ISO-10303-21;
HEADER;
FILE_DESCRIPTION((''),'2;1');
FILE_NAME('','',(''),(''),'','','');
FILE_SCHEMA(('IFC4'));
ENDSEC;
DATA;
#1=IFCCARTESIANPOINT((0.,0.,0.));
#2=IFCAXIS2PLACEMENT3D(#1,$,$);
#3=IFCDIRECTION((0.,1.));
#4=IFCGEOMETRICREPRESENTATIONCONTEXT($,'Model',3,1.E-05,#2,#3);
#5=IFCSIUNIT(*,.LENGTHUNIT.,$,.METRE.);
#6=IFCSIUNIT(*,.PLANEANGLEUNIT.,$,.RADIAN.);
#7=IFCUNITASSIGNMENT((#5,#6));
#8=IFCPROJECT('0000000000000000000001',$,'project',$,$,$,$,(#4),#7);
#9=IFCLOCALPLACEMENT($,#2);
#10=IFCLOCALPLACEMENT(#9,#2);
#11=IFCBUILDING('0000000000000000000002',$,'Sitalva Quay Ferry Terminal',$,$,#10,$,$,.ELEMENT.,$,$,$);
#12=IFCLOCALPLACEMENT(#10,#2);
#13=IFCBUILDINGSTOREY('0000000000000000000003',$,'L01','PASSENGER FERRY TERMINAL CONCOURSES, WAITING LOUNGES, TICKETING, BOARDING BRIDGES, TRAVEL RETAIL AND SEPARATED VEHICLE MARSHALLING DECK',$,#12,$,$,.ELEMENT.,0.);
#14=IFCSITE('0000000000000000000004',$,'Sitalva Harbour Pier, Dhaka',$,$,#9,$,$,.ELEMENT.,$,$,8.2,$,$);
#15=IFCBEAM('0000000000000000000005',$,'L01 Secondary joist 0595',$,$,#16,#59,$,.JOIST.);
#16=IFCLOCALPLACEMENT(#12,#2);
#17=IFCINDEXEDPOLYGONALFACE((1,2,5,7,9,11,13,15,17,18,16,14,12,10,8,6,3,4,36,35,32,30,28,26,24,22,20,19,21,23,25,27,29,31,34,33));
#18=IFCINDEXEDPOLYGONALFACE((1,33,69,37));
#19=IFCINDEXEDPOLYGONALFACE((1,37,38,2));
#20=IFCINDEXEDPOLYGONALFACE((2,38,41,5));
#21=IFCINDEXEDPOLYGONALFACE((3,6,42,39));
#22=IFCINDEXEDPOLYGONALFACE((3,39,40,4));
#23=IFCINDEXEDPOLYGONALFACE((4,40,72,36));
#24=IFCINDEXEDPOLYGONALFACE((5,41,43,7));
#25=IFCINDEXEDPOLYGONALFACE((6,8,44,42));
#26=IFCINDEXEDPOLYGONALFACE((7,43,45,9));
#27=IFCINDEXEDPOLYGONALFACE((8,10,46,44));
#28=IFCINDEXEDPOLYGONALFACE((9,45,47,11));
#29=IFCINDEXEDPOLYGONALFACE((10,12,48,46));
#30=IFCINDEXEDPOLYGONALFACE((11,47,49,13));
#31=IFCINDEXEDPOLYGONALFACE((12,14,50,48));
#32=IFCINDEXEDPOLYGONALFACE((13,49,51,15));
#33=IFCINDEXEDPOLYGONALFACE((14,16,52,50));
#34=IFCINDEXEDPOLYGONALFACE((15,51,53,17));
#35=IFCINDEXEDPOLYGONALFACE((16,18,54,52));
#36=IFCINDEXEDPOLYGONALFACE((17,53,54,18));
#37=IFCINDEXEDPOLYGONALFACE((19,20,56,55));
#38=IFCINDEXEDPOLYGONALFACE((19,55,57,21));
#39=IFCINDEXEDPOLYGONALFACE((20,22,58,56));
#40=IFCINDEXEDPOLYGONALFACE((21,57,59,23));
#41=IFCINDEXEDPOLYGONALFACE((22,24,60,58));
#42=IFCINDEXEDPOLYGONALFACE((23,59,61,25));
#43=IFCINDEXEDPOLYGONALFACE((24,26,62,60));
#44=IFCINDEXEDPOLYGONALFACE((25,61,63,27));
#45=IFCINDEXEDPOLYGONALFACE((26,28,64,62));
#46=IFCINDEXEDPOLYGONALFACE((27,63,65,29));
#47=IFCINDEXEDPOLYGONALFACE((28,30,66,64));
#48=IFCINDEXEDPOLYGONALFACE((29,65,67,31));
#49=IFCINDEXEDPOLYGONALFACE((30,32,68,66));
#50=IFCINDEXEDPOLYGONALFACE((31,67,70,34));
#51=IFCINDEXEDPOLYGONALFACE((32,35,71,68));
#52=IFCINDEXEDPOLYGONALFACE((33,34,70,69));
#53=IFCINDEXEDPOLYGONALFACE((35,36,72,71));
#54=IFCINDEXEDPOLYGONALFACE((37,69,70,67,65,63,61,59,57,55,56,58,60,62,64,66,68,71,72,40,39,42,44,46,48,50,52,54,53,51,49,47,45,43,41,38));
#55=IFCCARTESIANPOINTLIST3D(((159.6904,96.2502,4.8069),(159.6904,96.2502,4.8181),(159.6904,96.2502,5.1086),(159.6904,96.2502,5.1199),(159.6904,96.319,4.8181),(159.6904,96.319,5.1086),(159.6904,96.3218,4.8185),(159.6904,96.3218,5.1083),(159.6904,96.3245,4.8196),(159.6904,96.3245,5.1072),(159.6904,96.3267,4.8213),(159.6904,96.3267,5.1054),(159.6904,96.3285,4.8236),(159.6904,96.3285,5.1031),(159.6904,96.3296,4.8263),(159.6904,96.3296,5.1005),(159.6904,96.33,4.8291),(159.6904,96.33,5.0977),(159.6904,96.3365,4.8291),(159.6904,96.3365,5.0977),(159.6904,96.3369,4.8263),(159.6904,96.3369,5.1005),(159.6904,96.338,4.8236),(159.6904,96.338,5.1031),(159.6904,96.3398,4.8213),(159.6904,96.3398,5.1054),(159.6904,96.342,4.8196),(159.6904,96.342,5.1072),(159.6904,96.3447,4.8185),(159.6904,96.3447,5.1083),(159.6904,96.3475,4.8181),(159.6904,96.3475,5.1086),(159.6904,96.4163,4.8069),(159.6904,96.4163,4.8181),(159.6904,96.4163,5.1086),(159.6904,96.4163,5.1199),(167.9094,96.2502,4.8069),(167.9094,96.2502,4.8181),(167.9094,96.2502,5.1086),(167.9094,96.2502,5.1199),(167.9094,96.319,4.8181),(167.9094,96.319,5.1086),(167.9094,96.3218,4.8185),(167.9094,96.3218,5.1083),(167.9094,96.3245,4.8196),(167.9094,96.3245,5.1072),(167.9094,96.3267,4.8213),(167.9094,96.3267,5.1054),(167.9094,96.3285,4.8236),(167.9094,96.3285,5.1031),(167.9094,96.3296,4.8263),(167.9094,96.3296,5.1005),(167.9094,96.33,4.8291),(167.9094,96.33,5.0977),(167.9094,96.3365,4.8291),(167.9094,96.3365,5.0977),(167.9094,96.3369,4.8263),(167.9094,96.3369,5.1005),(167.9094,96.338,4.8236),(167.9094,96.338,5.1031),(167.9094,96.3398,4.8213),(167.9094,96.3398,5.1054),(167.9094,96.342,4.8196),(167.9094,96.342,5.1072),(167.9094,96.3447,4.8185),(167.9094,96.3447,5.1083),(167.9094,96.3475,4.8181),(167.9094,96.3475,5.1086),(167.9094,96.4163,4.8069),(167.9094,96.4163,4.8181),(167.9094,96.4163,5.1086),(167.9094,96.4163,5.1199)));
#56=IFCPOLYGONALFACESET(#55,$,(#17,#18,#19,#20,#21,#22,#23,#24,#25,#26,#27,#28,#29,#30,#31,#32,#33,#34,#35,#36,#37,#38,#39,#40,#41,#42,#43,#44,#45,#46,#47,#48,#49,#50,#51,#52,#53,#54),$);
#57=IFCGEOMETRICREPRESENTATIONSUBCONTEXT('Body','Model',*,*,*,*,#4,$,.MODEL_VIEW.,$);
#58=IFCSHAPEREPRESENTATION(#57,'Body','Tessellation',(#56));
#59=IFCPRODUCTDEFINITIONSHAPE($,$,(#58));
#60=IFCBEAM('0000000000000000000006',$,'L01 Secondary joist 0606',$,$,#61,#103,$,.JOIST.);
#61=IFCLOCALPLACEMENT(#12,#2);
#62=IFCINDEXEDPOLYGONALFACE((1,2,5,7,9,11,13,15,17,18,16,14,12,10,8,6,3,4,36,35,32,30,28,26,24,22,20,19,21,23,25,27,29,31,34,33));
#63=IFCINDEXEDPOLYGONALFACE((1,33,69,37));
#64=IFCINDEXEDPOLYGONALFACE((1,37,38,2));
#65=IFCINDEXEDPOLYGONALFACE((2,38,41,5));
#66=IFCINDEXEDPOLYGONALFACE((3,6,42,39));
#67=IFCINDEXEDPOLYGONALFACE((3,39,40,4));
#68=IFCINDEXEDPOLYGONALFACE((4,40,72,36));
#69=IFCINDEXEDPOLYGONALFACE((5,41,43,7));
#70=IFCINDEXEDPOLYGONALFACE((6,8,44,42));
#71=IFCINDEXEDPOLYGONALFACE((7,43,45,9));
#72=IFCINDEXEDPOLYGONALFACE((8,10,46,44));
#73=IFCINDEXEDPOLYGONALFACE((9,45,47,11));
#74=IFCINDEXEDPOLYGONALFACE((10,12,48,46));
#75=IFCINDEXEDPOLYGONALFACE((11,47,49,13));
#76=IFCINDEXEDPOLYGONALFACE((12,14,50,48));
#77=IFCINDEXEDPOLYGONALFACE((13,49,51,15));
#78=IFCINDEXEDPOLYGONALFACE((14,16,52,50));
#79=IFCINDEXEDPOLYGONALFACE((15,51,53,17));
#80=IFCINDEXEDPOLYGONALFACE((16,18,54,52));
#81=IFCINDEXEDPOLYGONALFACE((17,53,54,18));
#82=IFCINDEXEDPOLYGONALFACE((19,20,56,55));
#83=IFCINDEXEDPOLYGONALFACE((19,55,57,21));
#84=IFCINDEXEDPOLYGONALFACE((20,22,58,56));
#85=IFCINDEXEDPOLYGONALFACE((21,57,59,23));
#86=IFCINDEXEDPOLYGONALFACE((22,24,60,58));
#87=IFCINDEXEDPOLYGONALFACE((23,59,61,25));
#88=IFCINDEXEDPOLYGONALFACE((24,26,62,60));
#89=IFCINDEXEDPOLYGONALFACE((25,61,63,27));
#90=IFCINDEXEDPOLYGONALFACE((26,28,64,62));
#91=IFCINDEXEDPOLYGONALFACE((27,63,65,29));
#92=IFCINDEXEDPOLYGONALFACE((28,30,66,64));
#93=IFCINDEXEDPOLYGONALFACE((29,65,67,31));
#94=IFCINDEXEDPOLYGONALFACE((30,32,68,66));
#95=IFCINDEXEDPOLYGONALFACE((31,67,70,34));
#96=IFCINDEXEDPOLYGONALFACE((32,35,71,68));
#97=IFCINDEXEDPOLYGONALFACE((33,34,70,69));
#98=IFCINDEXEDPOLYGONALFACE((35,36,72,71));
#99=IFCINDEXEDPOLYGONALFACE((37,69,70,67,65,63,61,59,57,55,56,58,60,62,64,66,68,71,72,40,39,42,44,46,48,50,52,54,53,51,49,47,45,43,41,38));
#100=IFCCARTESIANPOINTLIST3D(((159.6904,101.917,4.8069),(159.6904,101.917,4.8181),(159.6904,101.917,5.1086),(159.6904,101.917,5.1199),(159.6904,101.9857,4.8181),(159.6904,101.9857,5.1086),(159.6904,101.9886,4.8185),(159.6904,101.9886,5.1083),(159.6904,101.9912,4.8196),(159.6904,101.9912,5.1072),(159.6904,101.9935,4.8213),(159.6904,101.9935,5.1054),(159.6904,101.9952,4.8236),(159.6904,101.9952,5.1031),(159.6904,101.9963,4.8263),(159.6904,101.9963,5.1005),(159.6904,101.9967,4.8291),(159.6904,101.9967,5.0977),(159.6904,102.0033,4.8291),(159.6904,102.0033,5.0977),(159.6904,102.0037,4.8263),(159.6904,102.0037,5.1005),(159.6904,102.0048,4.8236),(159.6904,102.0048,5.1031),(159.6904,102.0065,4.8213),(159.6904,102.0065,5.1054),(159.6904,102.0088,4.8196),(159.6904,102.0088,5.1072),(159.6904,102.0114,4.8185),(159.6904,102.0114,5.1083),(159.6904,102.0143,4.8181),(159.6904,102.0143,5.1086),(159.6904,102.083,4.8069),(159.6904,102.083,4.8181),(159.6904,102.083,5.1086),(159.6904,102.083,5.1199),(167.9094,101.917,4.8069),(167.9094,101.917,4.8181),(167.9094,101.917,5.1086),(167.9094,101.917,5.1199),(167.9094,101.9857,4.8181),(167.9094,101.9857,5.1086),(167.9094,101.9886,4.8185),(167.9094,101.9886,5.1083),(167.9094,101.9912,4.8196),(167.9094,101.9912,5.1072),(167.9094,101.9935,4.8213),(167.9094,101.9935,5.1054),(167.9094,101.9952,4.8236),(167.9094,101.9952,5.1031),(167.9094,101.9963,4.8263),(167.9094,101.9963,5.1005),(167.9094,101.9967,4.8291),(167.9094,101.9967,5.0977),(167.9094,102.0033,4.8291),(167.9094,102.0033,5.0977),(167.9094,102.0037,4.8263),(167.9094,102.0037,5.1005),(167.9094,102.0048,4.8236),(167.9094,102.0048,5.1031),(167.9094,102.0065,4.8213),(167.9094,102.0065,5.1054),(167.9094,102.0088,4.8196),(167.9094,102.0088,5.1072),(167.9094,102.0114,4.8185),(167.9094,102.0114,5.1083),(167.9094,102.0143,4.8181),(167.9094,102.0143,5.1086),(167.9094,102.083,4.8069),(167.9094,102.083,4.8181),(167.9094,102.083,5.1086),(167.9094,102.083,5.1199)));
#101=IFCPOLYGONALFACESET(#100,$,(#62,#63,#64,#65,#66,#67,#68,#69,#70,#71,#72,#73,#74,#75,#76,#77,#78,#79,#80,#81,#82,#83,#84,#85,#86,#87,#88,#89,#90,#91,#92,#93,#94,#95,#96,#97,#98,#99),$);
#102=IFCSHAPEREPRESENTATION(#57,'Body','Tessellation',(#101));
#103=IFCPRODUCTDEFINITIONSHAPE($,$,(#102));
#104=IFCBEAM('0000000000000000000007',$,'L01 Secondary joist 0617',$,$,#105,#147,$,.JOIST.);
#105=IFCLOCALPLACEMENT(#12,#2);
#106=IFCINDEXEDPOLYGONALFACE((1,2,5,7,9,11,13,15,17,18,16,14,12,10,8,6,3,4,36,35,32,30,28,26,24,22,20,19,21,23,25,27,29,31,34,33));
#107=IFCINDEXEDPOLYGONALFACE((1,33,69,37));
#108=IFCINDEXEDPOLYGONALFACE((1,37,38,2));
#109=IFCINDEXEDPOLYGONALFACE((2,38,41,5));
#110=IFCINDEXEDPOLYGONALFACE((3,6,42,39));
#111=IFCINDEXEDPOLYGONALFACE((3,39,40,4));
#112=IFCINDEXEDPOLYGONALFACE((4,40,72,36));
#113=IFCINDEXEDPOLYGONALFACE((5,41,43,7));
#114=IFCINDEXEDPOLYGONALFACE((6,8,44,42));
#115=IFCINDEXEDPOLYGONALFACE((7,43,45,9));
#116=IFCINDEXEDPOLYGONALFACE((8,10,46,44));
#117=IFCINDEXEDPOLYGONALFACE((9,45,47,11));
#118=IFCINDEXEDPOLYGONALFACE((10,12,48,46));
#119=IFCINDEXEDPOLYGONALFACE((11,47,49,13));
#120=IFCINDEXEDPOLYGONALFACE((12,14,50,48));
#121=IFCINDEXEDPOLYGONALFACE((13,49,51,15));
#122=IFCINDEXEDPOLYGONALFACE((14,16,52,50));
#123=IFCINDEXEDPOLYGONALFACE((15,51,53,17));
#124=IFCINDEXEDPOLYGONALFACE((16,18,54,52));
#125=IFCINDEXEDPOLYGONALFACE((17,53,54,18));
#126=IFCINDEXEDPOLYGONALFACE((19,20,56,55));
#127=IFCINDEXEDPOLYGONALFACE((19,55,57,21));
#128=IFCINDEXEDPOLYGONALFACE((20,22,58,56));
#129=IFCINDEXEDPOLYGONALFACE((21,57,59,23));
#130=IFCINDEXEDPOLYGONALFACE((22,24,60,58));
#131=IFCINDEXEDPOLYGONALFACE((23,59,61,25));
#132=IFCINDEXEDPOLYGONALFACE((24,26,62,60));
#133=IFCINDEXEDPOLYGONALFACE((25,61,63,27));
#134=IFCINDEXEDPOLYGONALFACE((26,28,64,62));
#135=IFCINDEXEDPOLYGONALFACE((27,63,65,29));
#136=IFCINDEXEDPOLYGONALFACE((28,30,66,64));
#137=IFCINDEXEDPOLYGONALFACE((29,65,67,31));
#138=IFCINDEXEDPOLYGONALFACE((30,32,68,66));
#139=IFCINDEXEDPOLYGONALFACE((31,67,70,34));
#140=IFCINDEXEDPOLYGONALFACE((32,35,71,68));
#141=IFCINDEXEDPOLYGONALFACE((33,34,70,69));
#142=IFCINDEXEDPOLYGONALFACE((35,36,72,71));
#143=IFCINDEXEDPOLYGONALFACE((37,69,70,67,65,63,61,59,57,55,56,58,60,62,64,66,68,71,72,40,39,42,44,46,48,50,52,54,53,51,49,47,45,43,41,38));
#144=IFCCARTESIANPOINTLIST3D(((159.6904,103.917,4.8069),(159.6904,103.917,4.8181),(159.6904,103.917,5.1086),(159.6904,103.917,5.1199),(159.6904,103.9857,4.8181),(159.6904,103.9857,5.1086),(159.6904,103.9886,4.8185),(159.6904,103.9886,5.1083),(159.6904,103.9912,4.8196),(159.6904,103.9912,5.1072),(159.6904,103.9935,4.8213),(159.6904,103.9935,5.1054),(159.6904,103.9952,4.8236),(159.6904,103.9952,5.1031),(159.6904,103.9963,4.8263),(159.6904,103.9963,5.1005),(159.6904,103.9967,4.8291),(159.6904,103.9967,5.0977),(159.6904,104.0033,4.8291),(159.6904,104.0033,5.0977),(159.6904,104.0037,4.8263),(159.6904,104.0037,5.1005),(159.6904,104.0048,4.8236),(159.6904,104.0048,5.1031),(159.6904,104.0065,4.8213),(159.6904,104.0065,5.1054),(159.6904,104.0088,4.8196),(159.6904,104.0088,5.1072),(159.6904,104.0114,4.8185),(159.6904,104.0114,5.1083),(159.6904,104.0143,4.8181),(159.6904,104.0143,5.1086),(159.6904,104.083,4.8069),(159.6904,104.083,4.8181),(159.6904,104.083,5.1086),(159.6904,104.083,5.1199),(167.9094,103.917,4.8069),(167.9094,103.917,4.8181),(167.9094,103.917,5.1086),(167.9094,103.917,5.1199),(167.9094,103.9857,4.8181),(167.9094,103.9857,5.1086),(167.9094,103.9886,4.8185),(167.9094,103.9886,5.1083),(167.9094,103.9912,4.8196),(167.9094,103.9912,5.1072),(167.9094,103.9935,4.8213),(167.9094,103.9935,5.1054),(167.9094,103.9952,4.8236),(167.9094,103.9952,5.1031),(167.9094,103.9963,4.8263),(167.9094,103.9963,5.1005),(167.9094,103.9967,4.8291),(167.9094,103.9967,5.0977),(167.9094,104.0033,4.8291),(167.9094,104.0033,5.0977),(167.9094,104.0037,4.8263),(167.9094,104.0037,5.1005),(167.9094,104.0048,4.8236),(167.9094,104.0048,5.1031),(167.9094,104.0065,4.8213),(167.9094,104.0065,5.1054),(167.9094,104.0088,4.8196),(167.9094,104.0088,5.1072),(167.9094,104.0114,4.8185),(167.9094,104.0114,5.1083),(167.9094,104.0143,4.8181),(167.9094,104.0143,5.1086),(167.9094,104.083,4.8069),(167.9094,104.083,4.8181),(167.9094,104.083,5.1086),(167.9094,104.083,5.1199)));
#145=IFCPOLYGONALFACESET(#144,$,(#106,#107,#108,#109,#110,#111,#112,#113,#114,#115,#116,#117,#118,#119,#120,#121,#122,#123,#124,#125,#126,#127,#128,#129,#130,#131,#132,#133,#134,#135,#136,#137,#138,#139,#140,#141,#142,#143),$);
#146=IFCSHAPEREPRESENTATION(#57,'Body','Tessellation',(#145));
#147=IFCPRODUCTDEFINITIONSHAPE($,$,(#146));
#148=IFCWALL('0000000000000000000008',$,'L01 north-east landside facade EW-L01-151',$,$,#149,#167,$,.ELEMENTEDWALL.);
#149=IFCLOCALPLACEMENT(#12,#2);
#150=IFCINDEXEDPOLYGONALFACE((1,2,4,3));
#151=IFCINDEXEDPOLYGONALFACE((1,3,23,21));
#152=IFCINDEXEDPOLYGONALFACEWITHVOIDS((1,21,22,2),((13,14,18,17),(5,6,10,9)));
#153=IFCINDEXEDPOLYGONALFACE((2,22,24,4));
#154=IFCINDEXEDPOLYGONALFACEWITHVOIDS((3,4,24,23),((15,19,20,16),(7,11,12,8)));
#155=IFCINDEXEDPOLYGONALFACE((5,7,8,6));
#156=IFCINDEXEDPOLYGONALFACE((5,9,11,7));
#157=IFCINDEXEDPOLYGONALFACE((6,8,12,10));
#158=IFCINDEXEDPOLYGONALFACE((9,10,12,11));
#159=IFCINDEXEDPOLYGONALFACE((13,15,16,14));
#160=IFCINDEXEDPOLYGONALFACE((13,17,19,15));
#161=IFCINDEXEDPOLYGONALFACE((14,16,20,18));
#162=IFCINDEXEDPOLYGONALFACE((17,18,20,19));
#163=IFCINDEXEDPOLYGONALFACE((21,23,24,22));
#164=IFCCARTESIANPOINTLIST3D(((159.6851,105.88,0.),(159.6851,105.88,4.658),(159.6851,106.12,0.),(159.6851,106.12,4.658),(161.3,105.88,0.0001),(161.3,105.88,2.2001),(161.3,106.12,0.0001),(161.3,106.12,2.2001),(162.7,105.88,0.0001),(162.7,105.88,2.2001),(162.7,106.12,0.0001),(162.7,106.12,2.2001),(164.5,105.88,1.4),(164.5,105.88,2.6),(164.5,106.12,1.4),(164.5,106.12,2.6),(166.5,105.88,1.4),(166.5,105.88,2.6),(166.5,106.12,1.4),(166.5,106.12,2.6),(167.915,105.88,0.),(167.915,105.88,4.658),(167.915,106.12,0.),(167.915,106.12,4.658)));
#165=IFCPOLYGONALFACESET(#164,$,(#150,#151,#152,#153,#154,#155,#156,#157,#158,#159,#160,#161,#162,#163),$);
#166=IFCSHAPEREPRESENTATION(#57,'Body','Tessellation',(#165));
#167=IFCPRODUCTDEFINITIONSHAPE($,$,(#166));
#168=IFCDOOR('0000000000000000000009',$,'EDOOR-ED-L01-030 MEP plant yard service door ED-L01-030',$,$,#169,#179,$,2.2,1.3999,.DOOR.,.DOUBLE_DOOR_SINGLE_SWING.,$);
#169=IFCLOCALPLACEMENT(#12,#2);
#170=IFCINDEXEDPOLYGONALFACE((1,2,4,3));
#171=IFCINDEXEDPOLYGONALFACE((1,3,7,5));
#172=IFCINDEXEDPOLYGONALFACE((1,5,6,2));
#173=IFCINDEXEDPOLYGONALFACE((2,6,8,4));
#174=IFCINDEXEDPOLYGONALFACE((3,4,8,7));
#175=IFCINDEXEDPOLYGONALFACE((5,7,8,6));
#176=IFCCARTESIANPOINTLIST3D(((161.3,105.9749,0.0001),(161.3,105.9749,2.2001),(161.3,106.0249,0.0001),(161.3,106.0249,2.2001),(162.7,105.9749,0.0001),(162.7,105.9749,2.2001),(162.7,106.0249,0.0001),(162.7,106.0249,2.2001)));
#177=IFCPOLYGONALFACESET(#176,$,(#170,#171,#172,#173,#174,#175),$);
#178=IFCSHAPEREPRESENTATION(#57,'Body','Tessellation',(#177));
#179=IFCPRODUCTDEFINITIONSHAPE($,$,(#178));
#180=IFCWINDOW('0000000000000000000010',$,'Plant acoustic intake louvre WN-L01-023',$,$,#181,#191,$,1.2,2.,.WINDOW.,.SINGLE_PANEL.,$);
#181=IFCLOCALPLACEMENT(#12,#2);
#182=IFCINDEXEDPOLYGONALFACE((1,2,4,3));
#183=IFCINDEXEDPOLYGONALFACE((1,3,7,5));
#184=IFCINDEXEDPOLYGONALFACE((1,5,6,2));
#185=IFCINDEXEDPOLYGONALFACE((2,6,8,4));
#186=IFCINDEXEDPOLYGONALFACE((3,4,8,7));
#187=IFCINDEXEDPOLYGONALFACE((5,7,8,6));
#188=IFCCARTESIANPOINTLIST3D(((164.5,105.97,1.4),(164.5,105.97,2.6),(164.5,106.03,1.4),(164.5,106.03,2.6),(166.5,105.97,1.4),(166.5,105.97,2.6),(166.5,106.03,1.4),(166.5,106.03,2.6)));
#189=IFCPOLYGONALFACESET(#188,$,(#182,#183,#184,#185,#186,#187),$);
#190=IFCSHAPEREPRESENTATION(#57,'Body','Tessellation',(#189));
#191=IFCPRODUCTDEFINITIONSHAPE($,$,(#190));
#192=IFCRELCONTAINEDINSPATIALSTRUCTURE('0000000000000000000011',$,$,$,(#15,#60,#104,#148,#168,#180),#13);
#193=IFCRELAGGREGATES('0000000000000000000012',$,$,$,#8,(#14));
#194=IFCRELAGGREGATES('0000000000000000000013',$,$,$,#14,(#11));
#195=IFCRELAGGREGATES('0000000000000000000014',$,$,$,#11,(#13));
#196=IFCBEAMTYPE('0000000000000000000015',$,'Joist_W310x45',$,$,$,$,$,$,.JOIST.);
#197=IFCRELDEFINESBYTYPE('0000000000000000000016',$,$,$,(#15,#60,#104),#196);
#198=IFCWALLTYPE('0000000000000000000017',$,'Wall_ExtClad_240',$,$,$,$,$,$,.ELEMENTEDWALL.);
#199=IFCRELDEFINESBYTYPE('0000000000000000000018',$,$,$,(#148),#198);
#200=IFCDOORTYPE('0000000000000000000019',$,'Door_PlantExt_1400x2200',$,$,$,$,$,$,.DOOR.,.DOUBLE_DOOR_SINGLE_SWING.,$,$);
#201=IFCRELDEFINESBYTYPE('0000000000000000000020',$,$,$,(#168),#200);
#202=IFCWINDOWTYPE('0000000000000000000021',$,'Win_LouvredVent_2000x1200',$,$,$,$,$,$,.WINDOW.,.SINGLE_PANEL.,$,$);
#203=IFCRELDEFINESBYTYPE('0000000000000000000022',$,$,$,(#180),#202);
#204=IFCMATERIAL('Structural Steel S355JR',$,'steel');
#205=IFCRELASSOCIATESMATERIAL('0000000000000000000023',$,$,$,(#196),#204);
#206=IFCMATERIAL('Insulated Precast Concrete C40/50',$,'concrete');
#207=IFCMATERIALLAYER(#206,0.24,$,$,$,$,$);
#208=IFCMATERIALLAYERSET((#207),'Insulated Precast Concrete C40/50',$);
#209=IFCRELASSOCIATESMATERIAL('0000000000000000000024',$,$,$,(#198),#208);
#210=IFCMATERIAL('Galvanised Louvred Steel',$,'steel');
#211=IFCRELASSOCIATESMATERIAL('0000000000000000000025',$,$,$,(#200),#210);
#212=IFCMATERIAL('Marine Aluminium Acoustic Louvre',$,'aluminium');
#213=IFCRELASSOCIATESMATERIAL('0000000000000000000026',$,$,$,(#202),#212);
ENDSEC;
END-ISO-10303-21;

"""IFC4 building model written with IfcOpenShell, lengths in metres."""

from ifc_helpers import new_model, si_unit, direction, frame, frame_2d, origin, origin_2d, place, context, subcontext, project, spatial, rectangle, i_section, extrude, material, layer, layer_set, material_profile, profile_set, type_object, element, fill, save


model = new_model("IFC4")

# Units and contexts
model_context = context("Model", 3, precision=1e-05, world=origin(), true_north=direction((0.0, 1.0)))
body_context = subcontext(model_context, "Body", "Model", "MODEL_VIEW")
ifc_project = project(units=[si_unit("LENGTHUNIT", "METRE"), si_unit("PLANEANGLEUNIT", "RADIAN")], contexts=[model_context])

# Site, building, storey
site_placement = place(None, origin())
site = spatial("IfcSite", under=ifc_project, at=site_placement, Name="Sitalva Harbour Pier, Dhaka", CompositionType="ELEMENT", RefElevation=8.2)
building_placement = place(site_placement, origin())
building = spatial("IfcBuilding", under=site, at=building_placement, Name="Sitalva Quay Ferry Terminal", CompositionType="ELEMENT")
storey_placement = place(building_placement, origin())
storey = spatial("IfcBuildingStorey", under=building, at=storey_placement, Name="L01", Description="PASSENGER FERRY TERMINAL CONCOURSES, WAITING LOUNGES, TICKETING, BOARDING BRIDGES, TRAVEL RETAIL AND SEPARATED VEHICLE MARSHALLING DECK", CompositionType="ELEMENT", Elevation=0.0)

# Beams
ifc_material_1 = material(Name="Structural Steel S355JR", Category="steel")
ifc_material_profile_1 = material_profile(ifc_material_1, i_section(OverallWidth=0.166, OverallDepth=0.313, WebThickness=0.0066, FlangeThickness=0.0112, FilletRadius=0.011, at=origin_2d()), Name="W310x45")
ifc_profile_set_1 = profile_set([ifc_material_profile_1], Name="Structural Steel S355JR")
beam_type_1 = type_object("IfcBeamType", Name="Joist_W310x45", PredefinedType="JOIST", material=ifc_profile_set_1)
for number, where, z_axis, x_axis, name in (
    (1, (159.6904, 96.3333, 4.9634), (1.0, 0.0, 0.0), (0.0, 1.0, 0.0), "L01 Secondary joist 0595"),
    (2, (159.6904, 102.0, 4.9634), (1.0, 0.0, 0.0), (0.0, 1.0, 0.0), "L01 Secondary joist 0606"),
    (3, (159.6904, 104.0, 4.9634), (1.0, 0.0, 0.0), (0.0, 1.0, 0.0), "L01 Secondary joist 0617"),
):
    element("IfcBeam", number, at=place(storey_placement, frame(where, z_axis=z_axis, x_axis=x_axis)), inside=storey, type_object=beam_type_1, Name=name, PredefinedType="JOIST", context=body_context, shape_type="SweptSolid", body=[
        extrude(i_section(OverallWidth=0.166, OverallDepth=0.313, WebThickness=0.0066, FlangeThickness=0.0112, FilletRadius=0.011, at=origin_2d()), origin(), (0.0, 0.0, 1.0), 8.219),
    ])

# Wall, openings, door, window
ifc_material_2 = material(Name="Insulated Precast Concrete C40/50", Category="concrete")
ifc_layer = layer(ifc_material_2, 0.24)
ifc_layer_set = layer_set([ifc_layer], Name="Insulated Precast Concrete C40/50")
wall_type = type_object("IfcWallType", Name="Wall_ExtClad_240", PredefinedType="ELEMENTEDWALL", material=ifc_layer_set)
wall_1_placement = place(storey_placement, frame((159.6851, 106.0, 0.0), z_axis=(0.0, 0.0, 1.0), x_axis=(1.0, 0.0, 0.0)))
wall_1 = element("IfcWall", 4, at=wall_1_placement, inside=storey, type_object=wall_type, Name="L01 north-east landside facade EW-L01-151", PredefinedType="ELEMENTEDWALL", context=body_context, shape_type="SweptSolid", body=[
    extrude(rectangle(XDim=8.23, YDim=0.24, at=frame_2d((4.115, 0.0))), origin(), (0.0, 0.0, 1.0), 4.658),
])
opening_1_placement = place(wall_1_placement, frame((1.615, 0.0, 0.0)))
opening_1 = element("IfcOpeningElement", 5, at=opening_1_placement, cuts=wall_1, PredefinedType="OPENING", context=body_context, shape_type="SweptSolid", body=[
    extrude(rectangle(XDim=1.3999, YDim=2.2, at=frame_2d((0.7, 1.1001))), frame((0.0, 0.1299, 0.0), z_axis=(0.0, -1.0, 0.0), x_axis=(1.0, 0.0, 0.0)), (0.0, 0.0, 1.0), 0.26),
])
opening_2_placement = place(wall_1_placement, frame((4.8149, 0.0, 1.3999)))
opening_2 = element("IfcOpeningElement", 6, at=opening_2_placement, cuts=wall_1, PredefinedType="OPENING", context=body_context, shape_type="SweptSolid", body=[
    extrude(rectangle(XDim=2.0, YDim=1.2, at=frame_2d((1.0, 0.6001))), frame((0.0, 0.1299, 0.0), z_axis=(0.0, -1.0, 0.0), x_axis=(1.0, 0.0, 0.0)), (0.0, 0.0, 1.0), 0.26),
])
ifc_material_3 = material(Name="Galvanised Louvred Steel", Category="steel")
door_type = type_object("IfcDoorType", Name="Door_PlantExt_1400x2200", OperationType="DOUBLE_DOOR_SINGLE_SWING", PredefinedType="DOOR", material=ifc_material_3)
door_1_placement = place(opening_1_placement, origin())
door_1 = element("IfcDoor", 7, at=door_1_placement, inside=storey, type_object=door_type, Name="EDOOR-ED-L01-030 MEP plant yard service door ED-L01-030", OperationType="DOUBLE_DOOR_SINGLE_SWING", OverallHeight=2.2, OverallWidth=1.3999, PredefinedType="DOOR", context=body_context, shape_type="SweptSolid", body=[
    extrude(rectangle(XDim=1.3999, YDim=2.2, at=frame_2d((0.7, 1.1001))), frame((0.0, 0.0249, 0.0), z_axis=(0.0, -1.0, 0.0), x_axis=(1.0, 0.0, 0.0)), (0.0, 0.0, 1.0), 0.05),
])
fill(opening_1, door_1)
ifc_material_4 = material(Name="Marine Aluminium Acoustic Louvre", Category="aluminium")
window_type = type_object("IfcWindowType", Name="Win_LouvredVent_2000x1200", PartitioningType="SINGLE_PANEL", PredefinedType="WINDOW", material=ifc_material_4)
window_placement = place(opening_2_placement, origin())
window = element("IfcWindow", 8, at=window_placement, inside=storey, type_object=window_type, Name="Plant acoustic intake louvre WN-L01-023", OverallHeight=1.2, OverallWidth=2.0, PartitioningType="SINGLE_PANEL", PredefinedType="WINDOW", context=body_context, shape_type="SweptSolid", body=[
    extrude(rectangle(XDim=2.0, YDim=1.2, at=frame_2d((1.0, 0.6001))), frame((0.0, 0.03, 0.0), z_axis=(0.0, -1.0, 0.0), x_axis=(1.0, 0.0, 0.0)), (0.0, 0.0, 1.0), 0.0601),
])
fill(opening_2, window)

save(model, "model.ifc")
